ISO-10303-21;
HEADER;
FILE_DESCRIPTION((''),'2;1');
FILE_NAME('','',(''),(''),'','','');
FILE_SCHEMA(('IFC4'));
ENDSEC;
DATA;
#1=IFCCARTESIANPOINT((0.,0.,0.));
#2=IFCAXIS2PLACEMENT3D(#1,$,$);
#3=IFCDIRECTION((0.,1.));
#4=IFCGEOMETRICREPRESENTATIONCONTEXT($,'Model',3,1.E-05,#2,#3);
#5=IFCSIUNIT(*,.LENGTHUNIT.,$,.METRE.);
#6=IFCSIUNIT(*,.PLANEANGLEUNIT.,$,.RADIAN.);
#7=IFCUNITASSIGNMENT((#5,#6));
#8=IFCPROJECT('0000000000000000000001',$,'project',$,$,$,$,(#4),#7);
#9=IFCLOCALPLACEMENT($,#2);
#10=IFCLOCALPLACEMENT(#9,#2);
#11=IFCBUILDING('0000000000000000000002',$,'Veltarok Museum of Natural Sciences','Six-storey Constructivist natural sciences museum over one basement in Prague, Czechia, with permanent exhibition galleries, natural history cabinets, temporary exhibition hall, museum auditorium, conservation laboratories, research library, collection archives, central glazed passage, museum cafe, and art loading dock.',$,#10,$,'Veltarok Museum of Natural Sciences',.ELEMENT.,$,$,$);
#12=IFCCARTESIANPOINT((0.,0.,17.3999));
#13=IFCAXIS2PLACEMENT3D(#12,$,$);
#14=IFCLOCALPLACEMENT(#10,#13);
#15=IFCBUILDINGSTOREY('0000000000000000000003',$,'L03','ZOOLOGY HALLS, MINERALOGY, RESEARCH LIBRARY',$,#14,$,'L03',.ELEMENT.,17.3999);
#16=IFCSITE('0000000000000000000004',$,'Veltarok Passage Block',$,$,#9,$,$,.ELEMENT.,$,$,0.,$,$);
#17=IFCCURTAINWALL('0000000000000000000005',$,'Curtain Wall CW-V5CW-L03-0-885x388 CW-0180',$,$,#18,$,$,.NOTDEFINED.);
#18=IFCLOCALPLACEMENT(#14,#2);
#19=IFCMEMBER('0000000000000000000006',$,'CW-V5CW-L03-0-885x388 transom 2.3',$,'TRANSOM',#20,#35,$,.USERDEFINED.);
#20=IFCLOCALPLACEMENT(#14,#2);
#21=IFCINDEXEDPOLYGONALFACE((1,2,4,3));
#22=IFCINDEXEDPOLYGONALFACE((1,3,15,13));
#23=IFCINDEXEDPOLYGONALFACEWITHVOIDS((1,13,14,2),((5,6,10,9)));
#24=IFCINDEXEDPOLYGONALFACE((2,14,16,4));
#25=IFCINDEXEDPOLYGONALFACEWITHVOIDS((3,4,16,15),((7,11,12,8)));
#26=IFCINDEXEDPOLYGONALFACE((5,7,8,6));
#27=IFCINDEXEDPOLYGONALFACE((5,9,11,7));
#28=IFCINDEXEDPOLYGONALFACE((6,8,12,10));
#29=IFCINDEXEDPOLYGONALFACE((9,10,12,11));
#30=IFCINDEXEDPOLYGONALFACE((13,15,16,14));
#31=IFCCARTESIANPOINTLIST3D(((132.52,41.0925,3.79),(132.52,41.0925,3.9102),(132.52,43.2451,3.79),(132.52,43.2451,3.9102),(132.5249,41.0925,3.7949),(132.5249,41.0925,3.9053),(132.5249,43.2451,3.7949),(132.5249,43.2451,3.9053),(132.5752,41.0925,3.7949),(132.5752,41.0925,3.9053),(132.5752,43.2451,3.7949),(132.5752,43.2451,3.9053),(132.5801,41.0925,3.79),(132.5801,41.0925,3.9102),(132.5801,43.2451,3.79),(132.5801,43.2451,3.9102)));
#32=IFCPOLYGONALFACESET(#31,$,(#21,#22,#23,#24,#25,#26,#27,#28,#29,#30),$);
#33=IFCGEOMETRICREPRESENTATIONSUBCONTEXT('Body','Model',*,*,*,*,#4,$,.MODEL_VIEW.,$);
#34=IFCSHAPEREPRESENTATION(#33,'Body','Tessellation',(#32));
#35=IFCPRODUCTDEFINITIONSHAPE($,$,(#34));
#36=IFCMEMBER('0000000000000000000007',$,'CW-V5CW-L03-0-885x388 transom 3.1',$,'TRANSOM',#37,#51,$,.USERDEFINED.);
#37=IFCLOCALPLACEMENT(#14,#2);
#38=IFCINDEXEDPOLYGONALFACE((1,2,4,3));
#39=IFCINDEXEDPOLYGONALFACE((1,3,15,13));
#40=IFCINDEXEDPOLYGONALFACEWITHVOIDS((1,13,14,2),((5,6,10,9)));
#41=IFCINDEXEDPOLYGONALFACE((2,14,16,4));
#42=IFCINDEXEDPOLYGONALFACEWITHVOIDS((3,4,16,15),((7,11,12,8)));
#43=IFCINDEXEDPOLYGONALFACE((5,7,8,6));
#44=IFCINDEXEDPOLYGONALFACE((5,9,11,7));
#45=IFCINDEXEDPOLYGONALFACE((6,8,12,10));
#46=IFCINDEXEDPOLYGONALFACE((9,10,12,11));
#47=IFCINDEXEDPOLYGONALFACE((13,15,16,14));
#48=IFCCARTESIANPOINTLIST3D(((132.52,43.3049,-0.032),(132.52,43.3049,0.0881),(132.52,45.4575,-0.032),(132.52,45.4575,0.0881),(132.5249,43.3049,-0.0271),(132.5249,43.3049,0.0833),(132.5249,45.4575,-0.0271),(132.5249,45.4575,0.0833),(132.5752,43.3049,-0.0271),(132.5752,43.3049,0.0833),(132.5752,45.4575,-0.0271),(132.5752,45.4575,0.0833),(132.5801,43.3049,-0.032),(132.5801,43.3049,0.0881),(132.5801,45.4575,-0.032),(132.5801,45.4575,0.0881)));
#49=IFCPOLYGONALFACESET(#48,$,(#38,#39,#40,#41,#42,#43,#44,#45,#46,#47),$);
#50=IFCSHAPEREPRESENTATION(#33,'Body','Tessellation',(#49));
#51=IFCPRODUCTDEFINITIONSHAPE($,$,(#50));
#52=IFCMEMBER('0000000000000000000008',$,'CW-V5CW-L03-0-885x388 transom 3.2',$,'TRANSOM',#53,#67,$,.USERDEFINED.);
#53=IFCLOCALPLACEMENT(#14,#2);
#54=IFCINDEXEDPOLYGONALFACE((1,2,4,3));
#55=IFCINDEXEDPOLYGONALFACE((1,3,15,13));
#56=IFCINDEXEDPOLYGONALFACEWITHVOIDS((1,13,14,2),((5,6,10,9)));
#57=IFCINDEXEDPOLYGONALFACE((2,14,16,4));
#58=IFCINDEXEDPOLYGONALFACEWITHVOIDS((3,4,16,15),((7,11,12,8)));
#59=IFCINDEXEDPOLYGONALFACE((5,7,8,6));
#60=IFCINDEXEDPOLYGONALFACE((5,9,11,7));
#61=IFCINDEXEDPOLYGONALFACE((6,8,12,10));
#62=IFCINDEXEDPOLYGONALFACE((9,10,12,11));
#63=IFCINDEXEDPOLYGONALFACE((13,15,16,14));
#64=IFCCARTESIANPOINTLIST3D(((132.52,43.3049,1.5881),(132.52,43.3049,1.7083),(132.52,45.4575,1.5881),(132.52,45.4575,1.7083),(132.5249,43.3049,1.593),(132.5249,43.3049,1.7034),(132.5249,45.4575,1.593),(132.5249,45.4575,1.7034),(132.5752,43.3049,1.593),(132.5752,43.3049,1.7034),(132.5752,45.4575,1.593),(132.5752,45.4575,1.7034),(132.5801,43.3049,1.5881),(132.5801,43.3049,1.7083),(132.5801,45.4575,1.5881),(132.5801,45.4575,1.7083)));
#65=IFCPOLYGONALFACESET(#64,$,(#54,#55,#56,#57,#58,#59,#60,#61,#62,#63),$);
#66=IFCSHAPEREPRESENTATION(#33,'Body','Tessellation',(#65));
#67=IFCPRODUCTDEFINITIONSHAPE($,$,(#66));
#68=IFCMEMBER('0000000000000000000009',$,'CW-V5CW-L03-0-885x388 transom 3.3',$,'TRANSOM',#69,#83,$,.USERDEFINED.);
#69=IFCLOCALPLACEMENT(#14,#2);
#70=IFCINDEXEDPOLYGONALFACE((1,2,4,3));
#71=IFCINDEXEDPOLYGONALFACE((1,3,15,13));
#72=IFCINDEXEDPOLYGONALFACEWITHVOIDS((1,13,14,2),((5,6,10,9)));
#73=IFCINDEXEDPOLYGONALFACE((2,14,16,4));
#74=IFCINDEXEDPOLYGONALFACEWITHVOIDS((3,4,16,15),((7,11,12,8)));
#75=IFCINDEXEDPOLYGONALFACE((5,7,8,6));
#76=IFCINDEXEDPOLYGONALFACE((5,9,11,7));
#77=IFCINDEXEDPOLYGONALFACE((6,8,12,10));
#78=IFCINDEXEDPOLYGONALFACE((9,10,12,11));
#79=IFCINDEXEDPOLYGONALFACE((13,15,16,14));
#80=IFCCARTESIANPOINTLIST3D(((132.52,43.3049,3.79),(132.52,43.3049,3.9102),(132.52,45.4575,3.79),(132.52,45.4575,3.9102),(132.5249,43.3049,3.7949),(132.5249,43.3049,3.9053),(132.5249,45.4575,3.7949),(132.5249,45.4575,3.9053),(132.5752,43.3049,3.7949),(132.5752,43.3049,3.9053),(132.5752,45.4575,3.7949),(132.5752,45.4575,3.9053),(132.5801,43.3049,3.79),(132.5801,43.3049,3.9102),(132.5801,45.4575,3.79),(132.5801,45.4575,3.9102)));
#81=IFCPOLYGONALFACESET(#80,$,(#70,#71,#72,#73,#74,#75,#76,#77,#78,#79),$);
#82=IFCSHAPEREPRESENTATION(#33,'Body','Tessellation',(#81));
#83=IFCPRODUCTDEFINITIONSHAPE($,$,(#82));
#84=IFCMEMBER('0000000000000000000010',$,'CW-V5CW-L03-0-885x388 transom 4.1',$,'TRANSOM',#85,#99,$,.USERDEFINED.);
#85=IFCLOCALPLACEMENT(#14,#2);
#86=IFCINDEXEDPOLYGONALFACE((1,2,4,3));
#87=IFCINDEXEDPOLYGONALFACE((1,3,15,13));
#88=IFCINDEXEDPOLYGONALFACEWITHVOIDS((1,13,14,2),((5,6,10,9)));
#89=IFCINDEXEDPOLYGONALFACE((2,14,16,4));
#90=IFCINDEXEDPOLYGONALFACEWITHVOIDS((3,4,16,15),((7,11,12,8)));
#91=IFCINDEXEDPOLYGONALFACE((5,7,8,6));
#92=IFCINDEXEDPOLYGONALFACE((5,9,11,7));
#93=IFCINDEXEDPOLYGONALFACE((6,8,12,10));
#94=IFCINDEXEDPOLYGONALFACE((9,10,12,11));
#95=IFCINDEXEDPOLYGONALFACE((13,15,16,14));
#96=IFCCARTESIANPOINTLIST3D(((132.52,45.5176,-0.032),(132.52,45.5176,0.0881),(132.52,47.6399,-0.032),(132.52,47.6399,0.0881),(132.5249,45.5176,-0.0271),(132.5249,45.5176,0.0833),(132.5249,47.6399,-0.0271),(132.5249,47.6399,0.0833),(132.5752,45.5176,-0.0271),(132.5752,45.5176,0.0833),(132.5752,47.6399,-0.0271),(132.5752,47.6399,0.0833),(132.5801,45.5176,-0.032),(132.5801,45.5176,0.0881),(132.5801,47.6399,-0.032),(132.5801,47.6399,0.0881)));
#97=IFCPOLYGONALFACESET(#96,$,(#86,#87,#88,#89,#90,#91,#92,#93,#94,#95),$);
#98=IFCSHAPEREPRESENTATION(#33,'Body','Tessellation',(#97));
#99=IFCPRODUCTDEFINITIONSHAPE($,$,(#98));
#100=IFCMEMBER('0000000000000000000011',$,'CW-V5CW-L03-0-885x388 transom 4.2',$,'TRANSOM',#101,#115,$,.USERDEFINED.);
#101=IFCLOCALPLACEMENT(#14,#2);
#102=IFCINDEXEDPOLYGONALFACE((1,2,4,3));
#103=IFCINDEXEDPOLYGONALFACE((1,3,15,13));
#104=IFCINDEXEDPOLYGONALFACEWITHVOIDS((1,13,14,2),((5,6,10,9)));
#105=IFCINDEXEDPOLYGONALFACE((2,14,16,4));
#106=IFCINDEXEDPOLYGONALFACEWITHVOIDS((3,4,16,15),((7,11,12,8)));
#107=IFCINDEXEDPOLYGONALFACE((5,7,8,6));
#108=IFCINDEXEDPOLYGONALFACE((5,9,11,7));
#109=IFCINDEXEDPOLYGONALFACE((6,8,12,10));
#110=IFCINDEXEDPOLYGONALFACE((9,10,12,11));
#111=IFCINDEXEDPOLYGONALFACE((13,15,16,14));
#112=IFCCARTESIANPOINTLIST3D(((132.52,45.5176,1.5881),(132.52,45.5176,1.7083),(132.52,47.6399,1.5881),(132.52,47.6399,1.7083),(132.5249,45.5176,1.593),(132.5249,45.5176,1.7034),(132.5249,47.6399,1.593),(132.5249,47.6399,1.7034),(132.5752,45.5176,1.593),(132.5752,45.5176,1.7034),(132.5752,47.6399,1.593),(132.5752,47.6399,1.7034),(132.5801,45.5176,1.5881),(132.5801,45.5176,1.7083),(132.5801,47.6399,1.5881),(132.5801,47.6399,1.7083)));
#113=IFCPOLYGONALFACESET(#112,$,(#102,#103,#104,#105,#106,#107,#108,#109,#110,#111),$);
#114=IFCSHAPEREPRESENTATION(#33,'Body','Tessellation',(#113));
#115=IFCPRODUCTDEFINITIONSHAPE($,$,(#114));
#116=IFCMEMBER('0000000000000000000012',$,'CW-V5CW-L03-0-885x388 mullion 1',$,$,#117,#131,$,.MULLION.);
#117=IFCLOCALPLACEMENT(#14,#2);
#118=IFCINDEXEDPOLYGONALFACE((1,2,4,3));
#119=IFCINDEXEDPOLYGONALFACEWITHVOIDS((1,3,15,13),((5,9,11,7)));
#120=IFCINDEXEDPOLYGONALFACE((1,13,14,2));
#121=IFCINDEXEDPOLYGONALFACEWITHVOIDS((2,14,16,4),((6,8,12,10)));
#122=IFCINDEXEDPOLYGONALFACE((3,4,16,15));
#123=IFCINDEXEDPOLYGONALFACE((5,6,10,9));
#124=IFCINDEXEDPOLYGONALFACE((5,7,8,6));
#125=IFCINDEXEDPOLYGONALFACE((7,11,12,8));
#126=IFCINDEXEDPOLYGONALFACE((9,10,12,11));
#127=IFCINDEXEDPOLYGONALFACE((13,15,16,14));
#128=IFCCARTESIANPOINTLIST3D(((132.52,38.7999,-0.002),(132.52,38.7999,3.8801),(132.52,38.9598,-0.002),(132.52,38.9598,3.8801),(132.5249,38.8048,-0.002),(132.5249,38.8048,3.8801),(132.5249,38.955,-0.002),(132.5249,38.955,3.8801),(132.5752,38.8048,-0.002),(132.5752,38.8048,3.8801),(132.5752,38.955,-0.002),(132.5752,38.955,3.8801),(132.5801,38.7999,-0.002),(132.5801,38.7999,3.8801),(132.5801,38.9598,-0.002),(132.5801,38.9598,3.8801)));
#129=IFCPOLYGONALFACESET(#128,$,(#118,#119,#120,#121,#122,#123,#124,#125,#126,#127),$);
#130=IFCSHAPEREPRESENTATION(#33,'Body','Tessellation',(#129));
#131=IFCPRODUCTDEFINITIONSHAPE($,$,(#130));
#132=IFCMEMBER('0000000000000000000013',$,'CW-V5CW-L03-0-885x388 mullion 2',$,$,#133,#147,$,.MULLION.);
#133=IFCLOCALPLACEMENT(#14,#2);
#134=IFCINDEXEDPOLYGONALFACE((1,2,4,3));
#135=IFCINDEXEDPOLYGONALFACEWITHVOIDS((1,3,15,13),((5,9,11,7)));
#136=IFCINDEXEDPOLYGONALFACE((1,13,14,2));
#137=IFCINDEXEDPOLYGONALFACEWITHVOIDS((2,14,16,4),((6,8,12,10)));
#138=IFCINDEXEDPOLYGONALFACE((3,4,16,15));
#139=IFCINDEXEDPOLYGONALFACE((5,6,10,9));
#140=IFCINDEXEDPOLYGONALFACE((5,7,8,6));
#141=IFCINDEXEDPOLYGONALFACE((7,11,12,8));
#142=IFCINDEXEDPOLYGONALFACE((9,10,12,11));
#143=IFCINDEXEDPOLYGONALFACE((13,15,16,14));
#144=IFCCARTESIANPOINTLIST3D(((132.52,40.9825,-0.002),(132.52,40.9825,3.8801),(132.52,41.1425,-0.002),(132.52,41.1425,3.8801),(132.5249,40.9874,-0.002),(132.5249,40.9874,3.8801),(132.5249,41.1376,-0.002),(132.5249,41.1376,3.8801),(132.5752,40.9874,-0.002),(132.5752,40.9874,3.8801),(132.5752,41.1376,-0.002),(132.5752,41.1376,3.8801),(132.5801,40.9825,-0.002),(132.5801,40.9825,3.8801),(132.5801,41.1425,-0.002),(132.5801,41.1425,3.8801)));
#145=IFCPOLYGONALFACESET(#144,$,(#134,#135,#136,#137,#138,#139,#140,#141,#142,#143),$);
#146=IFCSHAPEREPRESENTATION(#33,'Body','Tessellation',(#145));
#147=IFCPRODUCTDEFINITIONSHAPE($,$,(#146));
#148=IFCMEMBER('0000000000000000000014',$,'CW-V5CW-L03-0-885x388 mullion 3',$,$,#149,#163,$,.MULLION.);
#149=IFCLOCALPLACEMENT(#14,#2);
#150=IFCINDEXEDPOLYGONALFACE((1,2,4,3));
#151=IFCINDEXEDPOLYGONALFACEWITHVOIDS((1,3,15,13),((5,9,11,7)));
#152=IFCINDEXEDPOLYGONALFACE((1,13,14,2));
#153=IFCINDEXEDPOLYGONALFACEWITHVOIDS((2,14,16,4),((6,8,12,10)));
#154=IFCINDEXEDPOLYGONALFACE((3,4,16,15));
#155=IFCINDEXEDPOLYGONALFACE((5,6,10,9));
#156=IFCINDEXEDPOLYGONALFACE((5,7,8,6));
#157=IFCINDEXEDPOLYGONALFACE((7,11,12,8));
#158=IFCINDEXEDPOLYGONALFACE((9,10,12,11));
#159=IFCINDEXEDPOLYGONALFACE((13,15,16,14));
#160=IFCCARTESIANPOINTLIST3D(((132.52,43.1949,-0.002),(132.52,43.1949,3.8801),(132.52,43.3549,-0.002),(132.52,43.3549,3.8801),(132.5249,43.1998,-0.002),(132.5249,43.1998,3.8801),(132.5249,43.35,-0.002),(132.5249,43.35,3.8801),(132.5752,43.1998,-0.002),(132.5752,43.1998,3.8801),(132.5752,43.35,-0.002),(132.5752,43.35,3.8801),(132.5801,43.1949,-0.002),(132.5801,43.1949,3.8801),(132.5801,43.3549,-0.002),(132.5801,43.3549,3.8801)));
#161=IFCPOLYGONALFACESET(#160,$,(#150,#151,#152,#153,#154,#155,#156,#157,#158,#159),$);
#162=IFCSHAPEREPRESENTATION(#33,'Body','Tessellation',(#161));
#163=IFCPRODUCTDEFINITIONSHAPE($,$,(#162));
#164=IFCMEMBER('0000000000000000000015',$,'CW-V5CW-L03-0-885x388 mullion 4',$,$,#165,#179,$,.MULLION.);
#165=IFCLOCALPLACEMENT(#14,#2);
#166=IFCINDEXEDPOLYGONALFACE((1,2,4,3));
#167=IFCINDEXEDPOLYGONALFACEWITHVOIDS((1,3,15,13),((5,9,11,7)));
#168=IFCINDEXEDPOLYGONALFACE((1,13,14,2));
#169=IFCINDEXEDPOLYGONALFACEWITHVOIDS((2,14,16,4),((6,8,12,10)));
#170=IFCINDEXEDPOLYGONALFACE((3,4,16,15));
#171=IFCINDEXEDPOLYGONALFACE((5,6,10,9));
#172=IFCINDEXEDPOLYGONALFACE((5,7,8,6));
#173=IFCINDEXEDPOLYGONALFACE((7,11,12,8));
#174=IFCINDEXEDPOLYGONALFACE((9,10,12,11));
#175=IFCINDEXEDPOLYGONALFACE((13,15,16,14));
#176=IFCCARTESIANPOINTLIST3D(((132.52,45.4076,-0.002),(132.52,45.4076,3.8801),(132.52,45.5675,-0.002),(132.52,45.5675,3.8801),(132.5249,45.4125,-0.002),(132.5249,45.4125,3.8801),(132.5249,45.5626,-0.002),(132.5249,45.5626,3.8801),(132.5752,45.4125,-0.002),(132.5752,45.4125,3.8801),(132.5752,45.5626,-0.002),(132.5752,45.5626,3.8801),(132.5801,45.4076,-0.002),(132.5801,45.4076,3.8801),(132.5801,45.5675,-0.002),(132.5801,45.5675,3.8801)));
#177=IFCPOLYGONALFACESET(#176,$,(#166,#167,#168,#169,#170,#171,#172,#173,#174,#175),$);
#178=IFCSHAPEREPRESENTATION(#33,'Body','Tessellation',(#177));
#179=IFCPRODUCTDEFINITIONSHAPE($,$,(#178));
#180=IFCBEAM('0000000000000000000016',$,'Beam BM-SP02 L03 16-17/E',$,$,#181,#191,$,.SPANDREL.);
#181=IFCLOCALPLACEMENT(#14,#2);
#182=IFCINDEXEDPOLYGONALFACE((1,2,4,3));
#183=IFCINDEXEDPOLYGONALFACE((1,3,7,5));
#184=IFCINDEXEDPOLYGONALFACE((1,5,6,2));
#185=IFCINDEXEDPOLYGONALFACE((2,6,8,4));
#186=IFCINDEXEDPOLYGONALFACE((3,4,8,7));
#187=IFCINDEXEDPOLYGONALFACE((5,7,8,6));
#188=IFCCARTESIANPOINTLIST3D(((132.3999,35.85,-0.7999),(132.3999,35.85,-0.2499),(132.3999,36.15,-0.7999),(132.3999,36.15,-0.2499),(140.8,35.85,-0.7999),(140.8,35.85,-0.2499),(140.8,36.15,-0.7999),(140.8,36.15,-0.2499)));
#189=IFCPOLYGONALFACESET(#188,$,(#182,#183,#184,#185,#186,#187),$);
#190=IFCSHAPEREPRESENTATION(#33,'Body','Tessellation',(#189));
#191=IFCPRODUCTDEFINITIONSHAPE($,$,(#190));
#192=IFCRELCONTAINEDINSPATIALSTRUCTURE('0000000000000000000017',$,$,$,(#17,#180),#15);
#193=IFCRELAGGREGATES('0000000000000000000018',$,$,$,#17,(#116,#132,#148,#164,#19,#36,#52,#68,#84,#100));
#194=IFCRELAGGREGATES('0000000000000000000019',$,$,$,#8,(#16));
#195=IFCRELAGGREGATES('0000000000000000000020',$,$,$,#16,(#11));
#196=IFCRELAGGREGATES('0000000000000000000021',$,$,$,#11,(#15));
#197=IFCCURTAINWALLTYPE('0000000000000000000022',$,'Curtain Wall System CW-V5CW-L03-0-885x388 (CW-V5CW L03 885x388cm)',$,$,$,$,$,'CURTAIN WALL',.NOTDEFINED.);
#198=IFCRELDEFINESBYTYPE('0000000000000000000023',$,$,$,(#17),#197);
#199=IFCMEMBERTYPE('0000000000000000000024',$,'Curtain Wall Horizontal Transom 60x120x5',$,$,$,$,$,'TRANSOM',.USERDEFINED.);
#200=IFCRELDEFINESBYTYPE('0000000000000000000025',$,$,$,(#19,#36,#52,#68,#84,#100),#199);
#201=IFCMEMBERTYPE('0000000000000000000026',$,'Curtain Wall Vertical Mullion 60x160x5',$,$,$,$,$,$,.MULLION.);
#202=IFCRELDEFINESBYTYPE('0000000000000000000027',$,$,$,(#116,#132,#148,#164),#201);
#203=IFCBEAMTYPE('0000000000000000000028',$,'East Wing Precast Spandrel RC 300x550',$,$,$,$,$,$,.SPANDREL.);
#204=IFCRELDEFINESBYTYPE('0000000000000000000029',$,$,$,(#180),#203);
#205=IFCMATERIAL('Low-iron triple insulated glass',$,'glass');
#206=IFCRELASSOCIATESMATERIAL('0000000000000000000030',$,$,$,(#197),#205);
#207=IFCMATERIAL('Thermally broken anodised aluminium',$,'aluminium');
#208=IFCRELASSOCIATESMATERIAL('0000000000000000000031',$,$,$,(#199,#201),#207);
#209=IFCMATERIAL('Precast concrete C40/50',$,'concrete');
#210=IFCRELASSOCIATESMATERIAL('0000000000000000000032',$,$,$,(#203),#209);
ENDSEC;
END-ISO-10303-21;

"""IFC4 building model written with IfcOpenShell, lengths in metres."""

from ifc_helpers import new_model, si_unit, direction, frame, origin, origin_2d, place, context, subcontext, project, spatial, rectangle, hollow_rectangle, extrude, material, material_profile, profile_set, type_object, element, aggregate, save


model = new_model("IFC4")

# Units and contexts
model_context = context("Model", 3, precision=1e-05, world=origin(), true_north=direction((0.0, 1.0)))
body_context = subcontext(model_context, "Body", "Model", "MODEL_VIEW")
ifc_project = project(units=[si_unit("LENGTHUNIT", "METRE"), si_unit("PLANEANGLEUNIT", "RADIAN")], contexts=[model_context])

# Site, building, storey
site_placement = place(None, origin())
site = spatial("IfcSite", under=ifc_project, at=site_placement, Name="Veltarok Passage Block", CompositionType="ELEMENT", RefElevation=0.0)
building_placement = place(site_placement, origin())
building = spatial("IfcBuilding", under=site, at=building_placement, Name="Veltarok Museum of Natural Sciences", Description="Six-storey Constructivist natural sciences museum over one basement in Prague, Czechia, with permanent exhibition galleries, natural history cabinets, temporary exhibition hall, museum auditorium, conservation laboratories, research library, collection archives, central glazed passage, museum cafe, and art loading dock.", LongName="Veltarok Museum of Natural Sciences", CompositionType="ELEMENT")
storey_placement = place(building_placement, frame((0.0, 0.0, 17.3999)))
storey = spatial("IfcBuildingStorey", under=building, at=storey_placement, Name="L03", Description="ZOOLOGY HALLS, MINERALOGY, RESEARCH LIBRARY", LongName="L03", CompositionType="ELEMENT", Elevation=17.3999)

# Curtain wall, members
ifc_material_1 = material(Name="Low-iron triple insulated glass", Category="glass")
curtain_wall_type = type_object("IfcCurtainWallType", Name="Curtain Wall System CW-V5CW-L03-0-885x388 (CW-V5CW L03 885x388cm)", ElementType="CURTAIN WALL", PredefinedType="NOTDEFINED", material=ifc_material_1)
curtain_wall_placement = place(storey_placement, origin())
curtain_wall = element("IfcCurtainWall", 1, at=curtain_wall_placement, inside=storey, type_object=curtain_wall_type, Name="Curtain Wall CW-V5CW-L03-0-885x388 CW-0180", PredefinedType="NOTDEFINED")
ifc_material_2 = material(Name="Thermally broken anodised aluminium", Category="aluminium")
ifc_material_profile_1 = material_profile(ifc_material_2, hollow_rectangle(XDim=0.0601, YDim=0.1201, WallThickness=0.0049, at=origin_2d()), Name="CW TRANSOM 60x120x5")
ifc_profile_set_1 = profile_set([ifc_material_profile_1], Name="Thermally broken anodised aluminium")
member_type_1 = type_object("IfcMemberType", Name="Curtain Wall Horizontal Transom 60x120x5", ElementType="TRANSOM", PredefinedType="USERDEFINED", material=ifc_profile_set_1)
member_1_placement = place(storey_placement, frame((132.55, 41.0925, 3.8501), z_axis=(0.0, 1.0, 0.0), x_axis=(-1.0, 0.0, 0.0)))
member_1 = element("IfcMember", 2, at=member_1_placement, type_object=member_type_1, Name="CW-V5CW-L03-0-885x388 transom 2.3", ObjectType="TRANSOM", PredefinedType="USERDEFINED", context=body_context, shape_type="SweptSolid", body=[
    extrude(hollow_rectangle(XDim=0.0601, YDim=0.1201, WallThickness=0.0049, at=origin_2d()), origin(), (0.0, 0.0, 1.0), 2.1526),
])
member_2_placement = place(storey_placement, frame((132.55, 43.3049, 0.0281), z_axis=(0.0, 1.0, 0.0), x_axis=(-1.0, 0.0, 0.0)))
member_2 = element("IfcMember", 3, at=member_2_placement, type_object=member_type_1, Name="CW-V5CW-L03-0-885x388 transom 3.1", ObjectType="TRANSOM", PredefinedType="USERDEFINED", context=body_context, shape_type="SweptSolid", body=[
    extrude(hollow_rectangle(XDim=0.0601, YDim=0.1201, WallThickness=0.0049, at=origin_2d()), origin(), (0.0, 0.0, 1.0), 2.1526),
])
member_3_placement = place(storey_placement, frame((132.55, 43.3049, 1.6482), z_axis=(0.0, 1.0, 0.0), x_axis=(-1.0, 0.0, 0.0)))
member_3 = element("IfcMember", 4, at=member_3_placement, type_object=member_type_1, Name="CW-V5CW-L03-0-885x388 transom 3.2", ObjectType="TRANSOM", PredefinedType="USERDEFINED", context=body_context, shape_type="SweptSolid", body=[
    extrude(hollow_rectangle(XDim=0.0601, YDim=0.1201, WallThickness=0.0049, at=origin_2d()), origin(), (0.0, 0.0, 1.0), 2.1526),
])
member_4_placement = place(storey_placement, frame((132.55, 43.3049, 3.8501), z_axis=(0.0, 1.0, 0.0), x_axis=(-1.0, 0.0, 0.0)))
member_4 = element("IfcMember", 5, at=member_4_placement, type_object=member_type_1, Name="CW-V5CW-L03-0-885x388 transom 3.3", ObjectType="TRANSOM", PredefinedType="USERDEFINED", context=body_context, shape_type="SweptSolid", body=[
    extrude(hollow_rectangle(XDim=0.0601, YDim=0.1201, WallThickness=0.0049, at=origin_2d()), origin(), (0.0, 0.0, 1.0), 2.1526),
])
member_5_placement = place(storey_placement, frame((132.55, 45.5176, 0.0281), z_axis=(0.0, 1.0, 0.0), x_axis=(-1.0, 0.0, 0.0)))
member_5 = element("IfcMember", 6, at=member_5_placement, type_object=member_type_1, Name="CW-V5CW-L03-0-885x388 transom 4.1", ObjectType="TRANSOM", PredefinedType="USERDEFINED", context=body_context, shape_type="SweptSolid", body=[
    extrude(hollow_rectangle(XDim=0.0601, YDim=0.1201, WallThickness=0.0049, at=origin_2d()), origin(), (0.0, 0.0, 1.0), 2.1223),
])
member_6_placement = place(storey_placement, frame((132.55, 45.5176, 1.6482), z_axis=(0.0, 1.0, 0.0), x_axis=(-1.0, 0.0, 0.0)))
member_6 = element("IfcMember", 7, at=member_6_placement, type_object=member_type_1, Name="CW-V5CW-L03-0-885x388 transom 4.2", ObjectType="TRANSOM", PredefinedType="USERDEFINED", context=body_context, shape_type="SweptSolid", body=[
    extrude(hollow_rectangle(XDim=0.0601, YDim=0.1201, WallThickness=0.0049, at=origin_2d()), origin(), (0.0, 0.0, 1.0), 2.1223),
])
ifc_material_profile_2 = material_profile(ifc_material_2, hollow_rectangle(XDim=0.0601, YDim=0.1599, WallThickness=0.0049, at=origin_2d()), Name="CW MULLION 60x160x5")
ifc_profile_set_2 = profile_set([ifc_material_profile_2], Name="Thermally broken anodised aluminium")
member_type_2 = type_object("IfcMemberType", Name="Curtain Wall Vertical Mullion 60x160x5", PredefinedType="MULLION", material=ifc_profile_set_2)
member_7_placement = place(storey_placement, frame((132.55, 38.8799, -0.002), z_axis=(0.0, 0.0, 1.0), x_axis=(-1.0, 0.0, 0.0)))
member_7 = element("IfcMember", 8, at=member_7_placement, type_object=member_type_2, Name="CW-V5CW-L03-0-885x388 mullion 1", PredefinedType="MULLION", context=body_context, shape_type="SweptSolid", body=[
    extrude(hollow_rectangle(XDim=0.0601, YDim=0.1599, WallThickness=0.0049, at=origin_2d()), origin(), (0.0, 0.0, 1.0), 3.8821),
])
member_8_placement = place(storey_placement, frame((132.55, 41.0625, -0.002), z_axis=(0.0, 0.0, 1.0), x_axis=(-1.0, 0.0, 0.0)))
member_8 = element("IfcMember", 9, at=member_8_placement, type_object=member_type_2, Name="CW-V5CW-L03-0-885x388 mullion 2", PredefinedType="MULLION", context=body_context, shape_type="SweptSolid", body=[
    extrude(hollow_rectangle(XDim=0.0601, YDim=0.1599, WallThickness=0.0049, at=origin_2d()), origin(), (0.0, 0.0, 1.0), 3.8821),
])
member_9_placement = place(storey_placement, frame((132.55, 43.2749, -0.002), z_axis=(0.0, 0.0, 1.0), x_axis=(-1.0, 0.0, 0.0)))
member_9 = element("IfcMember", 10, at=member_9_placement, type_object=member_type_2, Name="CW-V5CW-L03-0-885x388 mullion 3", PredefinedType="MULLION", context=body_context, shape_type="SweptSolid", body=[
    extrude(hollow_rectangle(XDim=0.0601, YDim=0.1599, WallThickness=0.0049, at=origin_2d()), origin(), (0.0, 0.0, 1.0), 3.8821),
])
member_10_placement = place(storey_placement, frame((132.55, 45.4875, -0.002), z_axis=(0.0, 0.0, 1.0), x_axis=(-1.0, 0.0, 0.0)))
member_10 = element("IfcMember", 11, at=member_10_placement, type_object=member_type_2, Name="CW-V5CW-L03-0-885x388 mullion 4", PredefinedType="MULLION", context=body_context, shape_type="SweptSolid", body=[
    extrude(hollow_rectangle(XDim=0.0601, YDim=0.1599, WallThickness=0.0049, at=origin_2d()), origin(), (0.0, 0.0, 1.0), 3.8821),
])

# Beam
ifc_material_3 = material(Name="Precast concrete C40/50", Category="concrete")
ifc_material_profile_3 = material_profile(ifc_material_3, rectangle(XDim=0.3, YDim=0.55, at=origin_2d()), Name="RC 300x550")
ifc_profile_set_3 = profile_set([ifc_material_profile_3], Name="Precast concrete C40/50")
beam_type_1 = type_object("IfcBeamType", Name="East Wing Precast Spandrel RC 300x550", PredefinedType="SPANDREL", material=ifc_profile_set_3)
beam_1_placement = place(storey_placement, frame((132.3999, 36.0, -0.5249), z_axis=(1.0, 0.0, 0.0), x_axis=(0.0, 1.0, 0.0)))
element("IfcBeam", 12, at=beam_1_placement, inside=storey, type_object=beam_type_1, Name="Beam BM-SP02 L03 16-17/E", PredefinedType="SPANDREL", context=body_context, shape_type="SweptSolid", body=[
    extrude(rectangle(XDim=0.3, YDim=0.55, at=origin_2d()), origin(), (0.0, 0.0, 1.0), 8.4001),
])

aggregate(curtain_wall, [member_7, member_8, member_9, member_10, member_1, member_2, member_3, member_4, member_5, member_6])

save(model, "model.ifc")
